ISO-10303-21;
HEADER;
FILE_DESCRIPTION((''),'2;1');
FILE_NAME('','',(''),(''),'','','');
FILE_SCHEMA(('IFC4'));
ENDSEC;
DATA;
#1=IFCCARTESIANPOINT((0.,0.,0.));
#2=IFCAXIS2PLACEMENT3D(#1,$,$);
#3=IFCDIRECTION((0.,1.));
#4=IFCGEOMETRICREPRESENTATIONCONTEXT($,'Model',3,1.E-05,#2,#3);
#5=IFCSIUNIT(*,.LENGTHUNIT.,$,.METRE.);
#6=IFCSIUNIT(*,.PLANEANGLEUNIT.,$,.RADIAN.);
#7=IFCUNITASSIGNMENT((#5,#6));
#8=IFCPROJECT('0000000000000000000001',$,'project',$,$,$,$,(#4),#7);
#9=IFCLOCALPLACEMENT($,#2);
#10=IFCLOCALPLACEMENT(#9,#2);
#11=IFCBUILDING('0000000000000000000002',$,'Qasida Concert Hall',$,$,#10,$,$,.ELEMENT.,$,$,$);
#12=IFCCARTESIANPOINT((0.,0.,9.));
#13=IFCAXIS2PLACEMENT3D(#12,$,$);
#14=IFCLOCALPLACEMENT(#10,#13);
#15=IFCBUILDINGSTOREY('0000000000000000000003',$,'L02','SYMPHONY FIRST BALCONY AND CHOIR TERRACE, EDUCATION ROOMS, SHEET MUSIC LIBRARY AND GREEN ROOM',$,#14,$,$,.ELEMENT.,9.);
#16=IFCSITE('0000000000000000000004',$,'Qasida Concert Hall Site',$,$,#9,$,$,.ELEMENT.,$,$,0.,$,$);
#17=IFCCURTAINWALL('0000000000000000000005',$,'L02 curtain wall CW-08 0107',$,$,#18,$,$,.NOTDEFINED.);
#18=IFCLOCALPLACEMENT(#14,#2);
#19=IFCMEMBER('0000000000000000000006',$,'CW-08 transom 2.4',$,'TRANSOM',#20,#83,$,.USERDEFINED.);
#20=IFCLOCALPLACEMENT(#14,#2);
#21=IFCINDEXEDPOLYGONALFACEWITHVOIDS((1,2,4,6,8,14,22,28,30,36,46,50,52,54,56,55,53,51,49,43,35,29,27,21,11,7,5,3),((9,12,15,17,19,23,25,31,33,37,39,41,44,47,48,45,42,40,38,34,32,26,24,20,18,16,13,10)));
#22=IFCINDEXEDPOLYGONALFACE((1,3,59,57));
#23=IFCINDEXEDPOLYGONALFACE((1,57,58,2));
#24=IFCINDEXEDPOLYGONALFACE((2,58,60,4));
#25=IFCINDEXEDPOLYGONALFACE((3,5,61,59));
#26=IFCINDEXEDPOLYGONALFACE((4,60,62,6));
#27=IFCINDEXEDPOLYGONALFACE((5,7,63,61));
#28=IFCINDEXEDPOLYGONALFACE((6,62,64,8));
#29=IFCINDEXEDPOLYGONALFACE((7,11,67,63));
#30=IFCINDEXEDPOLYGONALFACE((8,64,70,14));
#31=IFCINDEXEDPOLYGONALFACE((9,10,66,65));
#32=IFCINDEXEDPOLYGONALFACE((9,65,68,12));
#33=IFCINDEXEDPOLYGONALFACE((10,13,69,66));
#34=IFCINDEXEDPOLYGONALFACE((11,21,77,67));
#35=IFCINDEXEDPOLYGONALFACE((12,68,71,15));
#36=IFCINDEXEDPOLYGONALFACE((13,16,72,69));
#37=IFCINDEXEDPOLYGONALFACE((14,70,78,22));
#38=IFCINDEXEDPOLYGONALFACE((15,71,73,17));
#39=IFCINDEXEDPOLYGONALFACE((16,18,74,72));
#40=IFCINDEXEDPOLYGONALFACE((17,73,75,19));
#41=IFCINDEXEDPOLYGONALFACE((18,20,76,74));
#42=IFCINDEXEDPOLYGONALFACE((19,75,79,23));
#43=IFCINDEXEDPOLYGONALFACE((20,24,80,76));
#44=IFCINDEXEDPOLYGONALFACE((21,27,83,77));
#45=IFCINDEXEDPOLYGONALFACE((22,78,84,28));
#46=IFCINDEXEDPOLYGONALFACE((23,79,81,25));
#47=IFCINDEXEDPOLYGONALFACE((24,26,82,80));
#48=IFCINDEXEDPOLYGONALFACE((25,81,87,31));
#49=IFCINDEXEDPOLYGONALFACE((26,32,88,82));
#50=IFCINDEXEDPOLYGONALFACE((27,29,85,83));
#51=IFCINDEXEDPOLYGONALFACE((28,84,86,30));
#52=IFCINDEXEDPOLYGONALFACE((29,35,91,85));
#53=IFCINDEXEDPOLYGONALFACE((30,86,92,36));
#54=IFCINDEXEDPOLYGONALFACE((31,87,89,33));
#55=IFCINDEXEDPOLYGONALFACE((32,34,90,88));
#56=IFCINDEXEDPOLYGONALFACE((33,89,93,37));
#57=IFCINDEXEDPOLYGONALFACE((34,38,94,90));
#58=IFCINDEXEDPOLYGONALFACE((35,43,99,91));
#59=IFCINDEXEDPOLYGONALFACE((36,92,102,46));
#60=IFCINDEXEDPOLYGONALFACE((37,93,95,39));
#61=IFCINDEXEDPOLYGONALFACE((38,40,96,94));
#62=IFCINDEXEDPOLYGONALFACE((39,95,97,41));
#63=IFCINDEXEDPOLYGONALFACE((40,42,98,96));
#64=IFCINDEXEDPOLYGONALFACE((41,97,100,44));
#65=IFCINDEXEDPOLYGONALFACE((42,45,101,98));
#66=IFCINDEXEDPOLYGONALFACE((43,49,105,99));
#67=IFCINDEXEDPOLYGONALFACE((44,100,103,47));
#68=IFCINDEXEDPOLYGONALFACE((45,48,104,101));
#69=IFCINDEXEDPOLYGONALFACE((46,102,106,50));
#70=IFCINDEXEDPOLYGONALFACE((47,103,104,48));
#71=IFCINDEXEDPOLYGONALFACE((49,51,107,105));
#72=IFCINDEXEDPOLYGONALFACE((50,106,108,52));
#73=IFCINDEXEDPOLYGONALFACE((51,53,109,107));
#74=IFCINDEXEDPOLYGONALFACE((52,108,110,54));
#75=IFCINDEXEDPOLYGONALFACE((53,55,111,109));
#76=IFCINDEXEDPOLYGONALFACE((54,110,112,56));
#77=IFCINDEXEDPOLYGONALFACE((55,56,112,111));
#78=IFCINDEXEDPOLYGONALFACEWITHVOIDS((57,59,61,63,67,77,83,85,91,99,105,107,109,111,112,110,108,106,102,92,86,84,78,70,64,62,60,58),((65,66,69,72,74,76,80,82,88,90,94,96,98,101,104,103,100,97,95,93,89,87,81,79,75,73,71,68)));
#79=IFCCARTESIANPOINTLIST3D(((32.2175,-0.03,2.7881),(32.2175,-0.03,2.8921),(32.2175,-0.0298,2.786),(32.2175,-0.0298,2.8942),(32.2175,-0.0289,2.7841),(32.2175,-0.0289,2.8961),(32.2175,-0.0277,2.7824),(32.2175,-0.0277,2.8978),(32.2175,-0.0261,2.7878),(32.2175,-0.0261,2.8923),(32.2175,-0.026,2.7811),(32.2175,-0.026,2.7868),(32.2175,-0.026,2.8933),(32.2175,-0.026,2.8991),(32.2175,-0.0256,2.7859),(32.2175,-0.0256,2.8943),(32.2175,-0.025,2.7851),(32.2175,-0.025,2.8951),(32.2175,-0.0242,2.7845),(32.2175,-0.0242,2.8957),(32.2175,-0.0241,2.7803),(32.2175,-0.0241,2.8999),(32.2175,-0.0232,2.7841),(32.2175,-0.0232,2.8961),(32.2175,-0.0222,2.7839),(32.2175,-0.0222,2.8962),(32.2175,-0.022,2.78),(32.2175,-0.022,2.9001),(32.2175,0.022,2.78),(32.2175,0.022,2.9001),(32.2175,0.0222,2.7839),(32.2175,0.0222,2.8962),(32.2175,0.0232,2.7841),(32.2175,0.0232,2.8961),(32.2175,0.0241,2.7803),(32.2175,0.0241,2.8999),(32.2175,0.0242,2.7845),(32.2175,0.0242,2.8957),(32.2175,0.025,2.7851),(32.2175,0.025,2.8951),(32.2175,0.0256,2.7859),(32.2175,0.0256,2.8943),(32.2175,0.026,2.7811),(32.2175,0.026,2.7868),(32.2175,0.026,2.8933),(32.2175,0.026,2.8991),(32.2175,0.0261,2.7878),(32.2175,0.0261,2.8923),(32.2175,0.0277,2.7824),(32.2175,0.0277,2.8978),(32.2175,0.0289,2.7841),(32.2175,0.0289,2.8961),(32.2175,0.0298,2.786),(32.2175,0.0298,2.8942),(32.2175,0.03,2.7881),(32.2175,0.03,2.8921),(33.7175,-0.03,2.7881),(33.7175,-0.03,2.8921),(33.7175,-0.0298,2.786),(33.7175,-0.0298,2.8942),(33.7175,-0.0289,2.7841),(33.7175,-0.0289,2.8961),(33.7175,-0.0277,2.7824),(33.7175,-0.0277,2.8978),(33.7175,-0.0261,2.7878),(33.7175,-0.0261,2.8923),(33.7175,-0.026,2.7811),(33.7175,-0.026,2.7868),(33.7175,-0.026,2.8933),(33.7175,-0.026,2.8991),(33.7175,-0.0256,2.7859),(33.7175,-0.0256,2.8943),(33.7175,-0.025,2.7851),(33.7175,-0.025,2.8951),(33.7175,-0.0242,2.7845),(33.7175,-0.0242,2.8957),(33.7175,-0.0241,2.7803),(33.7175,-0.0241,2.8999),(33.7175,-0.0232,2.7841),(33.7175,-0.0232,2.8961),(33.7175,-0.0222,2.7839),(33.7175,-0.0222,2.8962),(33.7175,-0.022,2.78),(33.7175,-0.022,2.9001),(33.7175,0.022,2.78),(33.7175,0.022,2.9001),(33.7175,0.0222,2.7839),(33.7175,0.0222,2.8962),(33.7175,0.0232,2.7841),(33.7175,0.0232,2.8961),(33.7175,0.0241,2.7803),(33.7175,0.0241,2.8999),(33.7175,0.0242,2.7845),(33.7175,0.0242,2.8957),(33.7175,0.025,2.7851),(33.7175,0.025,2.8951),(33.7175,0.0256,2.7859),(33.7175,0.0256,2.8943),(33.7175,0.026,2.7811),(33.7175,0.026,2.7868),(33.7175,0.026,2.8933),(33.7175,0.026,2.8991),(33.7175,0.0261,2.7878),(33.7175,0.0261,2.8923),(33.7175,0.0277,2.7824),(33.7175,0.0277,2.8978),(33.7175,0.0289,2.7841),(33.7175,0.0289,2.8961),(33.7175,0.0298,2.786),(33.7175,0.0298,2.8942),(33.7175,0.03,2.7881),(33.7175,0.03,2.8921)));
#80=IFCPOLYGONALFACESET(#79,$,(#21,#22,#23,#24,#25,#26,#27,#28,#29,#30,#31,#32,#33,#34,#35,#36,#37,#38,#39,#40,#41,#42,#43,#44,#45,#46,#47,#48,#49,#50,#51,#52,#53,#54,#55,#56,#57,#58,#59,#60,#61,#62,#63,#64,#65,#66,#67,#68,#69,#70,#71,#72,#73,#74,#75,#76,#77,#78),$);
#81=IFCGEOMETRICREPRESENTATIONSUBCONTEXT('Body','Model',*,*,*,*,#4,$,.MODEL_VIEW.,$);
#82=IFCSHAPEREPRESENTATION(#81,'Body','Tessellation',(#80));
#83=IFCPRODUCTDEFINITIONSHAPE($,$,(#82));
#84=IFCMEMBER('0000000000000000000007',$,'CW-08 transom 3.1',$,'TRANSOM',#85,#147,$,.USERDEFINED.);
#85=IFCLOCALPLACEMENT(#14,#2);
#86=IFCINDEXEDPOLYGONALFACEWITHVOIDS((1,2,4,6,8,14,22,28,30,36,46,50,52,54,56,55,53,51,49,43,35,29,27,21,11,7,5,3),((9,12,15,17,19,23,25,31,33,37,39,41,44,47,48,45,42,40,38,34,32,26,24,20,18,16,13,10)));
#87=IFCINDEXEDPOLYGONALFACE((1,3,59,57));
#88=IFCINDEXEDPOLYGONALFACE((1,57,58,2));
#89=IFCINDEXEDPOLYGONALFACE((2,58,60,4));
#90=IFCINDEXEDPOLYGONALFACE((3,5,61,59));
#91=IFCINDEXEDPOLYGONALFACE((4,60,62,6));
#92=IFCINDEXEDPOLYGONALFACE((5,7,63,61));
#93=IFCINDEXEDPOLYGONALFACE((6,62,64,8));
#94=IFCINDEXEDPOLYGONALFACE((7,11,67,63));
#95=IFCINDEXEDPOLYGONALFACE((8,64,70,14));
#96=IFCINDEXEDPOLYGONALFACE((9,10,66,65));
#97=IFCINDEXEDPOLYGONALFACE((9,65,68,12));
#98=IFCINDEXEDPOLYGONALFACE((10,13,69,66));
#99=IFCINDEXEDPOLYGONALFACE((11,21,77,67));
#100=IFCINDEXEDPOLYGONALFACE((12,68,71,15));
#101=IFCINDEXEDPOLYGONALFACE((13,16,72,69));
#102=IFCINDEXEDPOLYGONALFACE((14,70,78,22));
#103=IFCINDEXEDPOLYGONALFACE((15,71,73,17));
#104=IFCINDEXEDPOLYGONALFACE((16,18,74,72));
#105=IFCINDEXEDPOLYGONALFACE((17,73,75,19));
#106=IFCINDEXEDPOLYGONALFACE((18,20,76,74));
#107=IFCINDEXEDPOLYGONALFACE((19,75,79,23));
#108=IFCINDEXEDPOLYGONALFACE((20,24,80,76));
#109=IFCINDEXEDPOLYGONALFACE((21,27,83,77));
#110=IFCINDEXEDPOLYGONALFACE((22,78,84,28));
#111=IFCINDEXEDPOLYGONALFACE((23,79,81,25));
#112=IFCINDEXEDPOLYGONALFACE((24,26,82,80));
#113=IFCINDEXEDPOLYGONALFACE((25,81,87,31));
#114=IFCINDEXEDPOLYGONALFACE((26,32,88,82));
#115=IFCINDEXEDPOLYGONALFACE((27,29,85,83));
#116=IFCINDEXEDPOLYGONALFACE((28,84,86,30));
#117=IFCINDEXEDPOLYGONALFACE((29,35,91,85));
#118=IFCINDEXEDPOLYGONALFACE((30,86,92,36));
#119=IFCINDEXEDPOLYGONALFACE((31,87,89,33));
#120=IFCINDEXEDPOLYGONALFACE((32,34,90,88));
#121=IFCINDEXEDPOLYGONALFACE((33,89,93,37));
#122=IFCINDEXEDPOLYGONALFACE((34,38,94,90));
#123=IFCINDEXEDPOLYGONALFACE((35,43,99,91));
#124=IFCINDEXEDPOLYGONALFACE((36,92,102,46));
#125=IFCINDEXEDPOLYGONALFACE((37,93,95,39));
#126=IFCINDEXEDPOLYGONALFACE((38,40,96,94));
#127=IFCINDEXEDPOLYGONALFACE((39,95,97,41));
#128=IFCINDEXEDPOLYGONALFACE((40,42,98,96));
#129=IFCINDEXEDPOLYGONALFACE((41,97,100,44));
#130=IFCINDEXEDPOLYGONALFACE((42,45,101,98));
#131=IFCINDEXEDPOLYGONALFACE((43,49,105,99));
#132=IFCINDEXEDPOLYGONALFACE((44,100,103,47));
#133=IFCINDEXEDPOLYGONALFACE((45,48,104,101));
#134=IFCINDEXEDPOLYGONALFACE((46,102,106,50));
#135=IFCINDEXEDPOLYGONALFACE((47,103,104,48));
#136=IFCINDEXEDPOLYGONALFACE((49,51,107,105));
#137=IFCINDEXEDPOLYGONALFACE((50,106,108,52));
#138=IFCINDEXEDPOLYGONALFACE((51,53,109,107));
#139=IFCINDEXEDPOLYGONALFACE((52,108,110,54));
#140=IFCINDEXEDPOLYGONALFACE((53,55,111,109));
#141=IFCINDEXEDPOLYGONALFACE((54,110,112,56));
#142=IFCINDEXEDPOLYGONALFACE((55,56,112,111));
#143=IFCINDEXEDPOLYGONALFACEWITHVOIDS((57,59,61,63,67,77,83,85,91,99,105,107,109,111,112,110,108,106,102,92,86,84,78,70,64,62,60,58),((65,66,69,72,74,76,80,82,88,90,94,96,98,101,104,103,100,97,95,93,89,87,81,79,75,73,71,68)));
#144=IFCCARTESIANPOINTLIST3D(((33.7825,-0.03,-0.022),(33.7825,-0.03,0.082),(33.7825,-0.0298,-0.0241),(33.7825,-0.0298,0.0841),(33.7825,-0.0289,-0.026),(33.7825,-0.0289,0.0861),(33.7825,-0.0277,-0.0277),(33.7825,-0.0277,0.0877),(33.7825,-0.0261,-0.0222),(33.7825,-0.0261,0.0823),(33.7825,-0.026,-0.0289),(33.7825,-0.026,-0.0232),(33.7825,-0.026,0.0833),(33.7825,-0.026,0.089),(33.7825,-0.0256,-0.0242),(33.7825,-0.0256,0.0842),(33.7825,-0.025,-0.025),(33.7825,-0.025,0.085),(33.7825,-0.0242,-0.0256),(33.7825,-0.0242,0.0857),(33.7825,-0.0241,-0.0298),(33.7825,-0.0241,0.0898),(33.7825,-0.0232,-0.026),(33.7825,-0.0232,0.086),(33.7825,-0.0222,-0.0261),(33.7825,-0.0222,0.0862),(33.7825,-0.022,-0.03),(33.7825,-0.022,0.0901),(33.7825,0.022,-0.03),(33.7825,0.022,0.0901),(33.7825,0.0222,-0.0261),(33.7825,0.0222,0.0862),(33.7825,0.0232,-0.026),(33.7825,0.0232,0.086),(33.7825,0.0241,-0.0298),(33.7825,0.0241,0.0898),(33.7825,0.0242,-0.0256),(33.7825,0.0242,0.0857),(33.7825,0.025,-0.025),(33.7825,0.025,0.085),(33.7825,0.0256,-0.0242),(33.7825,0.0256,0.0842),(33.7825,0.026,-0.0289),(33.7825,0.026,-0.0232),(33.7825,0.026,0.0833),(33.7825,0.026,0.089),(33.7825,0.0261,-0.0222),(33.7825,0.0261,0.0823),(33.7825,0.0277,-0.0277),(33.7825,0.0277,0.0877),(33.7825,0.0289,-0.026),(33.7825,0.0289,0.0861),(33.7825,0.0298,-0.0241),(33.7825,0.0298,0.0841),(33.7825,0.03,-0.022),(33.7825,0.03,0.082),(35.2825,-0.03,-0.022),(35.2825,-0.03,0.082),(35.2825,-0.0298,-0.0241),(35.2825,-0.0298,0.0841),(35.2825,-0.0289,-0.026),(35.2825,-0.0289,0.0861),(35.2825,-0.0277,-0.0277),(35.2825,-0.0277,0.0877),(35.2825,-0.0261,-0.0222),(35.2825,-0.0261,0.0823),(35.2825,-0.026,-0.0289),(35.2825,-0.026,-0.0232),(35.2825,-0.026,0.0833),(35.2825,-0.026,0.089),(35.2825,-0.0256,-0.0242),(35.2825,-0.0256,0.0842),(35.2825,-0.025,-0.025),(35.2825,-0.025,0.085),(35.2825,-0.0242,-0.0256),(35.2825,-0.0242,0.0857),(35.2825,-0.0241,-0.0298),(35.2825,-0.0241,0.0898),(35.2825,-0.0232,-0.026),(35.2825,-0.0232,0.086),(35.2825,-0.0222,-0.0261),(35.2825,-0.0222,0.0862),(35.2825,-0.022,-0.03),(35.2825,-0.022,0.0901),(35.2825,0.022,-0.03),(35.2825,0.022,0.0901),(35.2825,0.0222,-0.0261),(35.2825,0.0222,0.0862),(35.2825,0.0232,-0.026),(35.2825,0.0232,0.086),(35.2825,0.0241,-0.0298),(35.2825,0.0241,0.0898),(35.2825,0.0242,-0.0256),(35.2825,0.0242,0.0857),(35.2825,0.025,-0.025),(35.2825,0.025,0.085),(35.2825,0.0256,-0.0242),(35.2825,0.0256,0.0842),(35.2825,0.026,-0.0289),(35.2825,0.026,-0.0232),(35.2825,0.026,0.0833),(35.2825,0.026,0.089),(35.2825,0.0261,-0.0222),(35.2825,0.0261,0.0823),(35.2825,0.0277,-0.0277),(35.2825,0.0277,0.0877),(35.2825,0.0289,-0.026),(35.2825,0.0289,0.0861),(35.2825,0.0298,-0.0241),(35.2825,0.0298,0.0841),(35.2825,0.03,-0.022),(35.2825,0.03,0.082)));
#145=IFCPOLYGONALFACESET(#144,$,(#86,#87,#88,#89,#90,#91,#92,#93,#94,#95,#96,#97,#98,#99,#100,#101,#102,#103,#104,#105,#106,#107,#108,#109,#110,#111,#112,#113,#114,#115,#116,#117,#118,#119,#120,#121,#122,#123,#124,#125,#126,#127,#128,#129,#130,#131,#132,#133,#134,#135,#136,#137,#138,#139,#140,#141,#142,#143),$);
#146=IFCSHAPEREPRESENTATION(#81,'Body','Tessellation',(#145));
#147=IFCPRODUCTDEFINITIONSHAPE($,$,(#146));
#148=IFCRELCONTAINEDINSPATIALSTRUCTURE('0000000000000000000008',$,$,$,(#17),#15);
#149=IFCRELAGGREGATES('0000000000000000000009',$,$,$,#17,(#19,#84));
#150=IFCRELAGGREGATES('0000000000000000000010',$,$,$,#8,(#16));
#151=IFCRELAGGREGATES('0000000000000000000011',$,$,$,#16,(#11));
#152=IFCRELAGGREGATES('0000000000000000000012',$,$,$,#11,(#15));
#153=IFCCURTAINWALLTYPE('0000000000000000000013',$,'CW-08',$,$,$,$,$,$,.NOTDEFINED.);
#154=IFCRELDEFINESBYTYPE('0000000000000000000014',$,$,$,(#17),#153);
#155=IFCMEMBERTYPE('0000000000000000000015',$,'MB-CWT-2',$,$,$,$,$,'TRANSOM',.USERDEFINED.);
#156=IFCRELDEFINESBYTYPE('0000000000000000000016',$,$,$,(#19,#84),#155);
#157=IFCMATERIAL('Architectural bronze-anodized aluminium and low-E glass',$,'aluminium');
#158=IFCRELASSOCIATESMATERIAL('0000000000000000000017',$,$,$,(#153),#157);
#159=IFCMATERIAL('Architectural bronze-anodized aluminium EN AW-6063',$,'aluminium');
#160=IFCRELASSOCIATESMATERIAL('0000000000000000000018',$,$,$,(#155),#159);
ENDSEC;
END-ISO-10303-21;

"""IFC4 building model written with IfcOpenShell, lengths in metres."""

from ifc_helpers import new_model, si_unit, direction, frame, origin, origin_2d, place, context, subcontext, project, spatial, hollow_rectangle, extrude, material, material_profile, profile_set, type_object, element, aggregate, save


model = new_model("IFC4")

# Units and contexts
model_context = context("Model", 3, precision=1e-05, world=origin(), true_north=direction((0.0, 1.0)))
body_context = subcontext(model_context, "Body", "Model", "MODEL_VIEW")
ifc_project = project(units=[si_unit("LENGTHUNIT", "METRE"), si_unit("PLANEANGLEUNIT", "RADIAN")], contexts=[model_context])

# Site, building, storey
site_placement = place(None, origin())
site = spatial("IfcSite", under=ifc_project, at=site_placement, Name="Qasida Concert Hall Site", CompositionType="ELEMENT", RefElevation=0.0)
building_placement = place(site_placement, origin())
building = spatial("IfcBuilding", under=site, at=building_placement, Name="Qasida Concert Hall", CompositionType="ELEMENT")
storey_placement = place(building_placement, frame((0.0, 0.0, 9.0)))
storey = spatial("IfcBuildingStorey", under=building, at=storey_placement, Name="L02", Description="SYMPHONY FIRST BALCONY AND CHOIR TERRACE, EDUCATION ROOMS, SHEET MUSIC LIBRARY AND GREEN ROOM", CompositionType="ELEMENT", Elevation=9.0)

# Curtain wall, members
ifc_material_1 = material(Name="Architectural bronze-anodized aluminium and low-E glass", Category="aluminium")
curtain_wall_type = type_object("IfcCurtainWallType", Name="CW-08", PredefinedType="NOTDEFINED", material=ifc_material_1)
curtain_wall_placement = place(storey_placement, origin())
curtain_wall = element("IfcCurtainWall", 1, at=curtain_wall_placement, inside=storey, type_object=curtain_wall_type, Name="L02 curtain wall CW-08 0107", PredefinedType="NOTDEFINED")
ifc_material_2 = material(Name="Architectural bronze-anodized aluminium EN AW-6063", Category="aluminium")
ifc_material_profile_1 = material_profile(ifc_material_2, hollow_rectangle(XDim=0.0601, YDim=0.1201, WallThickness=0.0039, InnerFilletRadius=0.0039, OuterFilletRadius=0.0081, at=origin_2d()), Name="CWT 120x60x4")
ifc_profile_set_1 = profile_set([ifc_material_profile_1], Name="Architectural bronze-anodized aluminium EN AW-6063")
member_type_1 = type_object("IfcMemberType", Name="MB-CWT-2", ElementType="TRANSOM", PredefinedType="USERDEFINED", material=ifc_profile_set_1)
member_1_placement = place(storey_placement, frame((32.2175, 0.0, 2.8401), z_axis=(1.0, 0.0, 0.0), x_axis=(0.0, 1.0, 0.0)))
member_1 = element("IfcMember", 2, at=member_1_placement, type_object=member_type_1, Name="CW-08 transom 2.4", ObjectType="TRANSOM", PredefinedType="USERDEFINED", context=body_context, shape_type="SweptSolid", body=[
    extrude(hollow_rectangle(XDim=0.0601, YDim=0.1201, WallThickness=0.0039, InnerFilletRadius=0.0039, OuterFilletRadius=0.0081, at=origin_2d()), origin(), (0.0, 0.0, 1.0), 1.5),
])
member_2_placement = place(storey_placement, frame((33.7825, 0.0, 0.03), z_axis=(1.0, 0.0, 0.0), x_axis=(0.0, 1.0, 0.0)))
member_2 = element("IfcMember", 3, at=member_2_placement, type_object=member_type_1, Name="CW-08 transom 3.1", ObjectType="TRANSOM", PredefinedType="USERDEFINED", context=body_context, shape_type="SweptSolid", body=[
    extrude(hollow_rectangle(XDim=0.0601, YDim=0.1201, WallThickness=0.0039, InnerFilletRadius=0.0039, OuterFilletRadius=0.0081, at=origin_2d()), origin(), (0.0, 0.0, 1.0), 1.5),
])
aggregate(curtain_wall, [member_1, member_2])

save(model, "model.ifc")
